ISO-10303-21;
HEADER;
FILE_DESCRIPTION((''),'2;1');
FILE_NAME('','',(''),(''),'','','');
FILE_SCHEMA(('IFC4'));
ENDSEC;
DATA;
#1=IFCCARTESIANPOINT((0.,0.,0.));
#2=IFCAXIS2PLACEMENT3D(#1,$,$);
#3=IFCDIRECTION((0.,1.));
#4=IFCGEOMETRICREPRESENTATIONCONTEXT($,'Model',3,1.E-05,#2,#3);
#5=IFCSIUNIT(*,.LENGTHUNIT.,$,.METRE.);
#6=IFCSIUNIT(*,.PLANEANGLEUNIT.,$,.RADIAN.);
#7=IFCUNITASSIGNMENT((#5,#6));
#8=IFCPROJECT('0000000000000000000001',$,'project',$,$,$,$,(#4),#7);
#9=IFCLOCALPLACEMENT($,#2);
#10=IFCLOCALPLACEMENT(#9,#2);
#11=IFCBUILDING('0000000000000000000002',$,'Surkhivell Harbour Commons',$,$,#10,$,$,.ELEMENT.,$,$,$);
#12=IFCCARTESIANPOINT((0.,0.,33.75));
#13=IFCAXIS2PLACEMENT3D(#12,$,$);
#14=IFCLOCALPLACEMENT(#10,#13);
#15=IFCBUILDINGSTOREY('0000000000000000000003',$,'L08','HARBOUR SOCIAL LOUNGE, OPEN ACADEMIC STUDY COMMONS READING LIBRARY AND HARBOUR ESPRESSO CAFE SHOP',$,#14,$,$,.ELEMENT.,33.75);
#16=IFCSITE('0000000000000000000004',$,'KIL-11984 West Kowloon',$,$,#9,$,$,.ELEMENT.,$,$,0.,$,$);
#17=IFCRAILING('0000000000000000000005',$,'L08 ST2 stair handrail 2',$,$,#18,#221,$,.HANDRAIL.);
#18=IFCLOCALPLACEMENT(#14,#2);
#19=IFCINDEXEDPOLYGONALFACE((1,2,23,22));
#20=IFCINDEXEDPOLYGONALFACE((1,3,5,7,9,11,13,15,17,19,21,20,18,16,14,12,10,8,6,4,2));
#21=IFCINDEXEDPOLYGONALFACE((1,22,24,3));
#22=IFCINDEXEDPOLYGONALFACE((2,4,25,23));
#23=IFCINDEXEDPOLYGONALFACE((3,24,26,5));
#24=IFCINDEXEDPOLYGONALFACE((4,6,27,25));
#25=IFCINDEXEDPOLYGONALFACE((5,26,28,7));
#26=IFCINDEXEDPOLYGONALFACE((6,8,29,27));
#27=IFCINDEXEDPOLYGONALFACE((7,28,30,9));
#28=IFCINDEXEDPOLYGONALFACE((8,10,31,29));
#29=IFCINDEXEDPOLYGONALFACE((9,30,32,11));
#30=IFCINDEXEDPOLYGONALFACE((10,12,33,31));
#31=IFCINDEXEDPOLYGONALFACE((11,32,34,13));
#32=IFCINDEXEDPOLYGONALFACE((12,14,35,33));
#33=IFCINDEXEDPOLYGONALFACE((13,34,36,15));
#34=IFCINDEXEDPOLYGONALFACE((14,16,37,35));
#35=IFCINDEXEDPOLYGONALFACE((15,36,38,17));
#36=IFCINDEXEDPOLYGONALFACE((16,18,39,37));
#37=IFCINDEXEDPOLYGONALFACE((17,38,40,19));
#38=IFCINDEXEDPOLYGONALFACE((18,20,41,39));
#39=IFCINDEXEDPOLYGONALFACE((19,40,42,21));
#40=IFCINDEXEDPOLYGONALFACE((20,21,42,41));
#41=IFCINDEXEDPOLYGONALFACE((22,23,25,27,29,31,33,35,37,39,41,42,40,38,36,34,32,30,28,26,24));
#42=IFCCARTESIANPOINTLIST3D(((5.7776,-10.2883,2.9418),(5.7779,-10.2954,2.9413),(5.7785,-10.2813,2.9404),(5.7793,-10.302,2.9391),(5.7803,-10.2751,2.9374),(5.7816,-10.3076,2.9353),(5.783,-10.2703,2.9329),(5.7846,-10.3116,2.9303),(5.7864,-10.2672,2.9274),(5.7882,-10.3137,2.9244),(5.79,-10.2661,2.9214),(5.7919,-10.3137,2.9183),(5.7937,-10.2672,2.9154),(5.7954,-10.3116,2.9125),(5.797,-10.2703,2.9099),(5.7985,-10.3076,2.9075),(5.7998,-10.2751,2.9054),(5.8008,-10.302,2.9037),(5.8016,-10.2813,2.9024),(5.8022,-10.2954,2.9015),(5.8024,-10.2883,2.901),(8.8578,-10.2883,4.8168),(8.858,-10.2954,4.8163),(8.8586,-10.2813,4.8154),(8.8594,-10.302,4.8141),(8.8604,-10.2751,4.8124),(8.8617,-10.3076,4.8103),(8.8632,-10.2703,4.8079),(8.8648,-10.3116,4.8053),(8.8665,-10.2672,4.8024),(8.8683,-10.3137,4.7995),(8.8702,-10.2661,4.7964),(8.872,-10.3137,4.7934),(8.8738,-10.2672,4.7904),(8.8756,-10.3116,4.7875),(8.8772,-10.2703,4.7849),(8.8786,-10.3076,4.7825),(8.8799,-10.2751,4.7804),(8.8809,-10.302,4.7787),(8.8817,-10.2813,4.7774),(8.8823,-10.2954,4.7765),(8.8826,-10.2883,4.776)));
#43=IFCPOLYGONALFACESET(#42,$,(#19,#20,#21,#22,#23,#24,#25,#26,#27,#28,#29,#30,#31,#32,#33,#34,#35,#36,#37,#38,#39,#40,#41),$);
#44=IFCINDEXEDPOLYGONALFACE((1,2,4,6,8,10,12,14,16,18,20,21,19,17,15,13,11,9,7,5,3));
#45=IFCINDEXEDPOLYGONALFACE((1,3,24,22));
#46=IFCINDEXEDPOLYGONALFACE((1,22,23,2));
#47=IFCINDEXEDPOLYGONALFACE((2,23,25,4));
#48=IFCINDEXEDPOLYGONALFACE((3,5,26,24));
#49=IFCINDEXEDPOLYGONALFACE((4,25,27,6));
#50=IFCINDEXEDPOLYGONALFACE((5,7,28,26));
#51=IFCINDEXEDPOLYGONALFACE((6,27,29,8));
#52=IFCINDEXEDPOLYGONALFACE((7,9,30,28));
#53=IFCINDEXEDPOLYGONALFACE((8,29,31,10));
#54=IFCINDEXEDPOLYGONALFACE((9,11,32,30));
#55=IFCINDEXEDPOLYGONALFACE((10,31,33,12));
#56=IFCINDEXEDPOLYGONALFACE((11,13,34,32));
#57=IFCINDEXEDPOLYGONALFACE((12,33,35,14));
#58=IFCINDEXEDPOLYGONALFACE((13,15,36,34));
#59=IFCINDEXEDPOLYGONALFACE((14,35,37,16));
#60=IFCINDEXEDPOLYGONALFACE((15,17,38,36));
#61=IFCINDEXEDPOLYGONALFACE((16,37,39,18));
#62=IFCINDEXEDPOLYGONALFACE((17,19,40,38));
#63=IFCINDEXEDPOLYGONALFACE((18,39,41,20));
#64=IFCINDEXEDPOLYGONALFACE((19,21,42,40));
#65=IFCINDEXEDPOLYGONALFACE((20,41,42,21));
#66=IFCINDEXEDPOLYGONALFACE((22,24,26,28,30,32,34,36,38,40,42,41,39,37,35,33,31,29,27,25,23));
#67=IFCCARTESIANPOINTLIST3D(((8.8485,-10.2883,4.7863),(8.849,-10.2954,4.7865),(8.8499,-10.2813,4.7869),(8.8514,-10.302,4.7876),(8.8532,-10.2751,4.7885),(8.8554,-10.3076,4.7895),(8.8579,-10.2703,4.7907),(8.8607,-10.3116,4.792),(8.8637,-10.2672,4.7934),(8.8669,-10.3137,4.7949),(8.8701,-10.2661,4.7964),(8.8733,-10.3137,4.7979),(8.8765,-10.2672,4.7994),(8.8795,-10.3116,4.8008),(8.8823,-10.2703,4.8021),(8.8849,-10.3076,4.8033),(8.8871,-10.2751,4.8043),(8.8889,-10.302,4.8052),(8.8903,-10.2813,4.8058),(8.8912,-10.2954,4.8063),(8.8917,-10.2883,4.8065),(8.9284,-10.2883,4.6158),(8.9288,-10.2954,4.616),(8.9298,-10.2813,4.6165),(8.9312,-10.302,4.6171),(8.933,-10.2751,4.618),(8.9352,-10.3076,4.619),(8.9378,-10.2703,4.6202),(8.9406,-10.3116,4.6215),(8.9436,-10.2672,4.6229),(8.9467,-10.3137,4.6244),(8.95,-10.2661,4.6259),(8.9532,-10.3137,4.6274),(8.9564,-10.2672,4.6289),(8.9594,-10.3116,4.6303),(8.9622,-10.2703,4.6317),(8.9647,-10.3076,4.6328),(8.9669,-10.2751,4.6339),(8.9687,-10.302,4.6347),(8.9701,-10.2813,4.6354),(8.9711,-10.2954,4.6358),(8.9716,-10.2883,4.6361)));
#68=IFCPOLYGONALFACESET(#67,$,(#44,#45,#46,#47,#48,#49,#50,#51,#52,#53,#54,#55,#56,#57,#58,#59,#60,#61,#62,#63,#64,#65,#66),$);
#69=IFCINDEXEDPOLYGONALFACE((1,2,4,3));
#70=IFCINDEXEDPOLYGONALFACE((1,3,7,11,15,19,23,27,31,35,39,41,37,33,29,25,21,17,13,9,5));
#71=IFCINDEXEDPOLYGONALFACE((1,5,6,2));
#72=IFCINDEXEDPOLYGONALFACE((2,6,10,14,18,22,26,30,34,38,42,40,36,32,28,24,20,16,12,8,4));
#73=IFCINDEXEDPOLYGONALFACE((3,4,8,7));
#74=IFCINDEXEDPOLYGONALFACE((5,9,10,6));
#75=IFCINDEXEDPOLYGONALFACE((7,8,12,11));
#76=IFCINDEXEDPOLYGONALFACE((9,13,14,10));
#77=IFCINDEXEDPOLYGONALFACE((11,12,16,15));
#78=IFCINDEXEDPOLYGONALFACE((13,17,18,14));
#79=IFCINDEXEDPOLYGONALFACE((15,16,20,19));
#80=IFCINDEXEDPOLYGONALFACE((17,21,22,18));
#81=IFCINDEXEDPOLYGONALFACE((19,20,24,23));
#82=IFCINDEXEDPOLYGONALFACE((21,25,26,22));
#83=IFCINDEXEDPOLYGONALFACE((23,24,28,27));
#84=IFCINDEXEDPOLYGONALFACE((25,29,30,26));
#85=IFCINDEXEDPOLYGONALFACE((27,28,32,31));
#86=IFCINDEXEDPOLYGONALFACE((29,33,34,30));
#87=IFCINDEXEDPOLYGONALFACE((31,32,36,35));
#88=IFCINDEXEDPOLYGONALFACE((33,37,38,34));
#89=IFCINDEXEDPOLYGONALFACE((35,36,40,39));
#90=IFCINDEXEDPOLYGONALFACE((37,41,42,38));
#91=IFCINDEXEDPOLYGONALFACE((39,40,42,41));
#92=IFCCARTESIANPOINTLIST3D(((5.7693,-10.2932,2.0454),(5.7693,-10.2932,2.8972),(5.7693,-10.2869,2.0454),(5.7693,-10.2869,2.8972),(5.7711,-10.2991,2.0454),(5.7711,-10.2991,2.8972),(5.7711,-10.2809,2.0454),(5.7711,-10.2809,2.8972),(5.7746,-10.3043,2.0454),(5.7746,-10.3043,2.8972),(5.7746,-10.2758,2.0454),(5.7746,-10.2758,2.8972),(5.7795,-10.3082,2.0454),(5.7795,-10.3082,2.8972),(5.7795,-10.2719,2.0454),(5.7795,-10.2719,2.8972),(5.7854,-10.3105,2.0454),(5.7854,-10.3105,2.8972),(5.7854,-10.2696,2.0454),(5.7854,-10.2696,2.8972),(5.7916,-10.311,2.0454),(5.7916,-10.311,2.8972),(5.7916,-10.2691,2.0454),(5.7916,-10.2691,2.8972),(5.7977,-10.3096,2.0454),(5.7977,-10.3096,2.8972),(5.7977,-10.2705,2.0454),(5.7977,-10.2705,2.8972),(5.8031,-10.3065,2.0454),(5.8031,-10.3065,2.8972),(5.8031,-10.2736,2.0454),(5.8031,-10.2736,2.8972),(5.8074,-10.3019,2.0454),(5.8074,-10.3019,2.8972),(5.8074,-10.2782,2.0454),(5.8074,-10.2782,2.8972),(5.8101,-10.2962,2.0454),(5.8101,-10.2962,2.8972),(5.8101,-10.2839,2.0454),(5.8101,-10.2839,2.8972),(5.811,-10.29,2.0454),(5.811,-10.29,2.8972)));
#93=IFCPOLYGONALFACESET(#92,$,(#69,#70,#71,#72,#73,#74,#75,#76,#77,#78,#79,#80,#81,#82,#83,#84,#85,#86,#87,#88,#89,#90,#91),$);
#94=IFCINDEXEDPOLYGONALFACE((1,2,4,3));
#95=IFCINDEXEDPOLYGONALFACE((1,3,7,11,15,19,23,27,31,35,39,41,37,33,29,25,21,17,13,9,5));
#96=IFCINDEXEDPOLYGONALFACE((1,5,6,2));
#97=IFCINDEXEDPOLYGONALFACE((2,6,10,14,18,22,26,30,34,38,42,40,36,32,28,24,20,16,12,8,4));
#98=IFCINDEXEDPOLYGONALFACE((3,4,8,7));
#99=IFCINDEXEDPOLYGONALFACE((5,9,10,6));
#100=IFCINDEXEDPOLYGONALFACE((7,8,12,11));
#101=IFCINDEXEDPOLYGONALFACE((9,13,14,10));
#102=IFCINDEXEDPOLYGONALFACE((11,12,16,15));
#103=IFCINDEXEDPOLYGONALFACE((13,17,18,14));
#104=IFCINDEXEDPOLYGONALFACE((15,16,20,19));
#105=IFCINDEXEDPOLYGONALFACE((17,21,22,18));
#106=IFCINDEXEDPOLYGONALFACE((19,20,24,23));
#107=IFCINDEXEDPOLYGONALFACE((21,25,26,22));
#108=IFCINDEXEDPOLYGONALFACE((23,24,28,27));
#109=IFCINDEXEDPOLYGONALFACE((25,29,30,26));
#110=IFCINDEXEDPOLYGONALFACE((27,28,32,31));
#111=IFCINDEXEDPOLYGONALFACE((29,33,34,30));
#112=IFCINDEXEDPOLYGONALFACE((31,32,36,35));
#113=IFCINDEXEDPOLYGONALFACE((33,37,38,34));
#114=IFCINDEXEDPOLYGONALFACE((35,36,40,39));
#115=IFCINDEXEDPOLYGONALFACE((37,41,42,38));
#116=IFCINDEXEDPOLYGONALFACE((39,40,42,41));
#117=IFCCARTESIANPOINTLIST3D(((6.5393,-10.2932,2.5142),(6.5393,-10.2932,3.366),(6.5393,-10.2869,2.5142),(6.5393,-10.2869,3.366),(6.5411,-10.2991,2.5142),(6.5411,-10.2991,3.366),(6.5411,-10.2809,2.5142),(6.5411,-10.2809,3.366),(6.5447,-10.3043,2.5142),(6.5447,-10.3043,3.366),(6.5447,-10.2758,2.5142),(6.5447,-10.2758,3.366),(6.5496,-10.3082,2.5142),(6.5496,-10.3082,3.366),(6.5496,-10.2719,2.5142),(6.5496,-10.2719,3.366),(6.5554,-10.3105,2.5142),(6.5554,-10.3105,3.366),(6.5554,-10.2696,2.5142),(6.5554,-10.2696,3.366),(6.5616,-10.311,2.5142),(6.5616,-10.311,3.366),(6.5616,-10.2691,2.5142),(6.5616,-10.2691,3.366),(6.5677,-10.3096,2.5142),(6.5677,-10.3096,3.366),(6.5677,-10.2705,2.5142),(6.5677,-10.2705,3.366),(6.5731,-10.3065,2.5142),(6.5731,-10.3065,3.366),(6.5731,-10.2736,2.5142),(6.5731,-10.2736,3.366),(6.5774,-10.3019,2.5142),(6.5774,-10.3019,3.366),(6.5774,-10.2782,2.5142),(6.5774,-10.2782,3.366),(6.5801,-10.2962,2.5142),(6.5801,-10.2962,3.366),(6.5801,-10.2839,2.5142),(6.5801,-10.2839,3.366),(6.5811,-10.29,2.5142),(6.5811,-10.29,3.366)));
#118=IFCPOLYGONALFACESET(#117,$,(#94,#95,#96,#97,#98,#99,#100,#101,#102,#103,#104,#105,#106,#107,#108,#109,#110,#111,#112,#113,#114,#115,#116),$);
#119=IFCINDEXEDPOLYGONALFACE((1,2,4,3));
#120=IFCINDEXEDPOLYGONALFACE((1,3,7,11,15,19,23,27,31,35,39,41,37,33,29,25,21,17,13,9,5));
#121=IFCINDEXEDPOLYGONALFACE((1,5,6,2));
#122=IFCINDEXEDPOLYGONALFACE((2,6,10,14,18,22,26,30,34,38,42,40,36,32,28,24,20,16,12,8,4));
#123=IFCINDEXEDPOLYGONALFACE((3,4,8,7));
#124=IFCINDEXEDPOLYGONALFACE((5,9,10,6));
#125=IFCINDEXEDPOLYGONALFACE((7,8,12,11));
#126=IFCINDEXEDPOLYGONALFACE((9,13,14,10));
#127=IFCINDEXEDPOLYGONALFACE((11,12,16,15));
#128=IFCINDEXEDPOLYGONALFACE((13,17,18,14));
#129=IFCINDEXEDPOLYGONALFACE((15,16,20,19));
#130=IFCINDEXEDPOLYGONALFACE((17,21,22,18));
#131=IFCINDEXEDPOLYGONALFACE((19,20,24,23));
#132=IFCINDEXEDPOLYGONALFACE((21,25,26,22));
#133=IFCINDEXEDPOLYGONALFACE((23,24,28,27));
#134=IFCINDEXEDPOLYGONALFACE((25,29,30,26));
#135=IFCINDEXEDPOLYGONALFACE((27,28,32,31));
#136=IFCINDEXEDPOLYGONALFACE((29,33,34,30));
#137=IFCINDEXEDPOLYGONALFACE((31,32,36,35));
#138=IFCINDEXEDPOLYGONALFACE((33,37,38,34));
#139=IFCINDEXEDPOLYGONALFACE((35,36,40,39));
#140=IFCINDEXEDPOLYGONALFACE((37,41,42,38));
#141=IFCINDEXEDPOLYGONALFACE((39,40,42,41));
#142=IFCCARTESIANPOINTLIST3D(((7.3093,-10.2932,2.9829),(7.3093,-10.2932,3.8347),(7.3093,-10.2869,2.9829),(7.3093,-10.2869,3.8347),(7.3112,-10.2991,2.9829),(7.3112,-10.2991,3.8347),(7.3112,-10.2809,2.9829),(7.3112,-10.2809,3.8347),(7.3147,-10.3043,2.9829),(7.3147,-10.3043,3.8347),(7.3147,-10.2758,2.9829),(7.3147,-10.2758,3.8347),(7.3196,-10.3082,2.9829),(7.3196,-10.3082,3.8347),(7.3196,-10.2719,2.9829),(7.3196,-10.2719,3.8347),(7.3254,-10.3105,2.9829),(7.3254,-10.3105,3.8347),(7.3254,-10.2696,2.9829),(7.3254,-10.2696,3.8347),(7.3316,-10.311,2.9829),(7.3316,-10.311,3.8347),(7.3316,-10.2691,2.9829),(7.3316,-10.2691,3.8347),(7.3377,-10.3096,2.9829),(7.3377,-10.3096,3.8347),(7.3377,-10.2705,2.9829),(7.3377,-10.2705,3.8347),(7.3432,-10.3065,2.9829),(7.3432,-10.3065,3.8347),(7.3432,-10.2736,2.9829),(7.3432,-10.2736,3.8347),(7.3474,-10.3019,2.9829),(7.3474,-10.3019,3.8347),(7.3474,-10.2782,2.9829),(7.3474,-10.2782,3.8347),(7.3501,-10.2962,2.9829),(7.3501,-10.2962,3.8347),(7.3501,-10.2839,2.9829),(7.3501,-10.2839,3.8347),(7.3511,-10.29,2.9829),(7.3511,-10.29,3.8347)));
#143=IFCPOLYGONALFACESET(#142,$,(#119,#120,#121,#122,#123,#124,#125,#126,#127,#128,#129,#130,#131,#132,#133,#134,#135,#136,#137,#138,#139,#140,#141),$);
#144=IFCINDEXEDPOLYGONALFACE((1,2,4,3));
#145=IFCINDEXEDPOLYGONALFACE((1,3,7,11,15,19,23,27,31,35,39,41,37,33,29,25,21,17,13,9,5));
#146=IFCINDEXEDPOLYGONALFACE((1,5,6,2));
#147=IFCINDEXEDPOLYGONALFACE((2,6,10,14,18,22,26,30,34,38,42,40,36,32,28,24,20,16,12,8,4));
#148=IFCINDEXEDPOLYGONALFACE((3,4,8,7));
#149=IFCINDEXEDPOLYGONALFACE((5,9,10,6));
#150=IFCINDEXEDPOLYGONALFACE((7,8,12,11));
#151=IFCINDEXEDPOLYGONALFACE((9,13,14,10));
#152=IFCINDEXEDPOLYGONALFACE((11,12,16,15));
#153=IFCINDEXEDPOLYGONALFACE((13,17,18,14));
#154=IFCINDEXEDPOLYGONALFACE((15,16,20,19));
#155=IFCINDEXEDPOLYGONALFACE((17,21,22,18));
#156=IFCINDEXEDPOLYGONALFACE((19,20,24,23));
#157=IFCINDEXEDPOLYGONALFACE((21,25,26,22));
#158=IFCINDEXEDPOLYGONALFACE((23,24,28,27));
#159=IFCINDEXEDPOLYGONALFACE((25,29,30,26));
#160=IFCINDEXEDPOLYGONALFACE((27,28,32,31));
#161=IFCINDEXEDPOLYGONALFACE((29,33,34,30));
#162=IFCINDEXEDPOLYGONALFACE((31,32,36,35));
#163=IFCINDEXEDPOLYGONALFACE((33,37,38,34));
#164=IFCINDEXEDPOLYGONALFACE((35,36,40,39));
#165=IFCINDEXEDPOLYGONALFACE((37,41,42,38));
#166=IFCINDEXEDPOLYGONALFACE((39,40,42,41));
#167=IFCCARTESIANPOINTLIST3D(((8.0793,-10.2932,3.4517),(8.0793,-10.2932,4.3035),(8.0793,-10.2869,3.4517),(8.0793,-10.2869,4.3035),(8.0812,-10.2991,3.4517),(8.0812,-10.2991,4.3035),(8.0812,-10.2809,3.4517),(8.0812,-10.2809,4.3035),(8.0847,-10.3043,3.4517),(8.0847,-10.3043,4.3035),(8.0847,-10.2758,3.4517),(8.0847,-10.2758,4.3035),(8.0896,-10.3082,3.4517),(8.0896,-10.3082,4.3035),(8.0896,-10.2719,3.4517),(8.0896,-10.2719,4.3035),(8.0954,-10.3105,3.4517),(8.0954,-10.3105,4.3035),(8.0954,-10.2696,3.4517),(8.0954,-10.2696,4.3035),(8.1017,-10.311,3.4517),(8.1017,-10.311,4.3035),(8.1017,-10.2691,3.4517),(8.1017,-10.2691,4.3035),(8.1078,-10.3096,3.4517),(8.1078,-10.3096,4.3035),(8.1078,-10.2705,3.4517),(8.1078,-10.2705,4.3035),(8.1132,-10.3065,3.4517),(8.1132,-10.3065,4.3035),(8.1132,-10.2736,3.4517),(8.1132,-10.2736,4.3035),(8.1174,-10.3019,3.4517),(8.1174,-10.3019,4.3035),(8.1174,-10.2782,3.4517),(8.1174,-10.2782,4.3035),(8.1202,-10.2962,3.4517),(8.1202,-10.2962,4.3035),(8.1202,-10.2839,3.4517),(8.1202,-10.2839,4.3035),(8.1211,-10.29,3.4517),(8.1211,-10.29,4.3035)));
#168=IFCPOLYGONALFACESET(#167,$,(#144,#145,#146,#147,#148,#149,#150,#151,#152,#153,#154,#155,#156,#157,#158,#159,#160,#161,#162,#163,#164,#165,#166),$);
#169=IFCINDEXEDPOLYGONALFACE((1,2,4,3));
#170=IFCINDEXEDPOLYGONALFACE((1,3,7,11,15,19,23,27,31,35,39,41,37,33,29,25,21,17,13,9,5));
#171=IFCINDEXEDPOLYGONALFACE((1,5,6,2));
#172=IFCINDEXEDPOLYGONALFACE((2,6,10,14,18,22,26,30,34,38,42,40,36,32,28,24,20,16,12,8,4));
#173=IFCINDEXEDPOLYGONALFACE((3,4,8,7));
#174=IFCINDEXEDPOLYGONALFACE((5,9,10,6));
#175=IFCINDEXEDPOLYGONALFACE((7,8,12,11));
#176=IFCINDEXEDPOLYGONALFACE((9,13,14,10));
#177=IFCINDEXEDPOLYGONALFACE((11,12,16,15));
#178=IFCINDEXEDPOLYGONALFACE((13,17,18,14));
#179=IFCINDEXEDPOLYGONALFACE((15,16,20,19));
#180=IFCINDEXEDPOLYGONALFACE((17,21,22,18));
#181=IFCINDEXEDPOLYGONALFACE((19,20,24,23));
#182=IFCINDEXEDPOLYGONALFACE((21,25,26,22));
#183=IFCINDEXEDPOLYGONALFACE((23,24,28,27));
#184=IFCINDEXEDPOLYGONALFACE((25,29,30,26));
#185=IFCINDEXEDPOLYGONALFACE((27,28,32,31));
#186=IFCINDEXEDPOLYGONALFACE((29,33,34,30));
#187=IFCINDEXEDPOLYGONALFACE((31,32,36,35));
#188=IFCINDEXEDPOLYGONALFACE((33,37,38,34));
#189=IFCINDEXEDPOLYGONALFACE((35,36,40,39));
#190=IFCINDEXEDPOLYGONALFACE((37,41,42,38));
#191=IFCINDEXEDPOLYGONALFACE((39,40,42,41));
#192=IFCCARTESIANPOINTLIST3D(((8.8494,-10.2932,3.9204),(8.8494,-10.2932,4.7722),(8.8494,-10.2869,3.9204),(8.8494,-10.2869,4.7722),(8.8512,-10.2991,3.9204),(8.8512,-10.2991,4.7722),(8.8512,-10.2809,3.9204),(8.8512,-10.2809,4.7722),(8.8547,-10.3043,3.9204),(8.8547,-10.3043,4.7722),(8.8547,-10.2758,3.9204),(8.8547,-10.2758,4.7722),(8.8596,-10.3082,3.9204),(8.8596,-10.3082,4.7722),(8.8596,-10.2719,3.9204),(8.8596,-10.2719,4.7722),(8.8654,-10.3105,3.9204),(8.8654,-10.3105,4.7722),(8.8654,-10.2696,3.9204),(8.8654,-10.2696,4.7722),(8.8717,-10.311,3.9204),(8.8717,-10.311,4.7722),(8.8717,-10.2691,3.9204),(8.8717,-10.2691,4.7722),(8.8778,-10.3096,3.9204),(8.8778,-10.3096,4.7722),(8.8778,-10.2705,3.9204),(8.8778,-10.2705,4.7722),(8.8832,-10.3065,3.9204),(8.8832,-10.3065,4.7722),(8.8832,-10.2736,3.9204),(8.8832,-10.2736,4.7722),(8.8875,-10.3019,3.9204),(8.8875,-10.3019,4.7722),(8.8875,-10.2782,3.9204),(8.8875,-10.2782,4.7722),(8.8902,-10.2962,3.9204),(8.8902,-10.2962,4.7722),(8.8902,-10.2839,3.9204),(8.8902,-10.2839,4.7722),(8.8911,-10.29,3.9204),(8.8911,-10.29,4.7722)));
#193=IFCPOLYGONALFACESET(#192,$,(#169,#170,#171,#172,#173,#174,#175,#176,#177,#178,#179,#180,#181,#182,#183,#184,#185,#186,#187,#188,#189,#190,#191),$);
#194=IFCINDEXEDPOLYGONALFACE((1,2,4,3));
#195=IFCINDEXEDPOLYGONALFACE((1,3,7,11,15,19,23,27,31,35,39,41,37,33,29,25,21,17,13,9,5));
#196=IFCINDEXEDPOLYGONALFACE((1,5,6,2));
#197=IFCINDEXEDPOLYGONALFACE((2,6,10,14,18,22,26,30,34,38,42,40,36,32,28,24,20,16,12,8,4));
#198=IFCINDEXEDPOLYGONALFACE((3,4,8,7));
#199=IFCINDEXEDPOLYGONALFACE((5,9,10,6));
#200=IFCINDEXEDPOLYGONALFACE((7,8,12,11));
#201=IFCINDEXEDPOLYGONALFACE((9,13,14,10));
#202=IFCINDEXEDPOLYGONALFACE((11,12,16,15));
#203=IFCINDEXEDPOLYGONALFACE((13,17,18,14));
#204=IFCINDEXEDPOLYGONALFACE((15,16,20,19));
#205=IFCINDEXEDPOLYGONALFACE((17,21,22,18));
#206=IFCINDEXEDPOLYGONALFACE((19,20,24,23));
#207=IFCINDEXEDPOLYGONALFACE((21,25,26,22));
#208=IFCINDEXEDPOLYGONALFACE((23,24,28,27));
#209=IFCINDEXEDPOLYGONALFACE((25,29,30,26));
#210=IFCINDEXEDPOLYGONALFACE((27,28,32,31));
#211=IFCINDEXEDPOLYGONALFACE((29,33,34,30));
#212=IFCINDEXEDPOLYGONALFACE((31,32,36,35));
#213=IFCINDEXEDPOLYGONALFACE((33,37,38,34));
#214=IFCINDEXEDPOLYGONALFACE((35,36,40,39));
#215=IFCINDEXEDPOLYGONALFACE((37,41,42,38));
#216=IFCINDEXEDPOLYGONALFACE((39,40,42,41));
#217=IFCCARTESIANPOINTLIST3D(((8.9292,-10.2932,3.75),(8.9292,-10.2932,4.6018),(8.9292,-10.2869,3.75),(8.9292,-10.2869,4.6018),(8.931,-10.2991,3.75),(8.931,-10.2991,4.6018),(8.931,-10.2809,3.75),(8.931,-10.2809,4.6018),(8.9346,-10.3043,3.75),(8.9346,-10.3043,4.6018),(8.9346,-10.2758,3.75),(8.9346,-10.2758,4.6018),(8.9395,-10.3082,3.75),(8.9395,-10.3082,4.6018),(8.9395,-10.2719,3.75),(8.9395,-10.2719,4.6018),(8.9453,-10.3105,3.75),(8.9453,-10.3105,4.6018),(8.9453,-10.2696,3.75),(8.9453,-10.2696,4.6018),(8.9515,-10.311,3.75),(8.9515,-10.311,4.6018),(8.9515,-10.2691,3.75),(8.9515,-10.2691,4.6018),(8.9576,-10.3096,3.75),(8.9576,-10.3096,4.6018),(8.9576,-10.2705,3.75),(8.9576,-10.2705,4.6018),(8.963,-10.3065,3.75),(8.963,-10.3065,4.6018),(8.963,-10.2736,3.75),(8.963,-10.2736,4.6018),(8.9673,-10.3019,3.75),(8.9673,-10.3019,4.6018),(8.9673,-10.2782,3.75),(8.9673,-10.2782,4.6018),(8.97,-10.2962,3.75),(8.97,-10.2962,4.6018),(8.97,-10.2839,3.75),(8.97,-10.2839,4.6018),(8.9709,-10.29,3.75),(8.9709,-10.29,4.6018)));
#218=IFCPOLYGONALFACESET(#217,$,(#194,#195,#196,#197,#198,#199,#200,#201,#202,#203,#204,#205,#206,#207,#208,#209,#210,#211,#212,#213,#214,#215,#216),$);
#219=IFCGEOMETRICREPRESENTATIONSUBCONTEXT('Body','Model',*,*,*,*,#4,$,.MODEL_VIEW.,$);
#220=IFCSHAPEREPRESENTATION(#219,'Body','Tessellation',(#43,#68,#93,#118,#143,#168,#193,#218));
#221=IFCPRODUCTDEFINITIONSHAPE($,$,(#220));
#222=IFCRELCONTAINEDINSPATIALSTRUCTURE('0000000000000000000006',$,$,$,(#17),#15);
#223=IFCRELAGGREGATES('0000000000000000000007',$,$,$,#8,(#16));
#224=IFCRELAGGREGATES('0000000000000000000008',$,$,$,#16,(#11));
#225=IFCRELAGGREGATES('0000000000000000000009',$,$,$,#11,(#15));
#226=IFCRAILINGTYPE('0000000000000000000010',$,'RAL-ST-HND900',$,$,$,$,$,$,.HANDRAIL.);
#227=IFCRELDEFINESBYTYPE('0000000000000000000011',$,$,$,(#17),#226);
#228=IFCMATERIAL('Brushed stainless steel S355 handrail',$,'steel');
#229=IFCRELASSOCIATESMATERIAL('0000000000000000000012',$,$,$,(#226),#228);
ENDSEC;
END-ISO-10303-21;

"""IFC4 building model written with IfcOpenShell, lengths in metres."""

from ifc_helpers import new_model, si_unit, direction, frame, origin, origin_2d, place, context, subcontext, project, spatial, circle, extrude, material, type_object, element, save


model = new_model("IFC4")

# Units and contexts
model_context = context("Model", 3, precision=1e-05, world=origin(), true_north=direction((0.0, 1.0)))
body_context = subcontext(model_context, "Body", "Model", "MODEL_VIEW")
ifc_project = project(units=[si_unit("LENGTHUNIT", "METRE"), si_unit("PLANEANGLEUNIT", "RADIAN")], contexts=[model_context])

# Site, building, storey
site_placement = place(None, origin())
site = spatial("IfcSite", under=ifc_project, at=site_placement, Name="KIL-11984 West Kowloon", CompositionType="ELEMENT", RefElevation=0.0)
building_placement = place(site_placement, origin())
building = spatial("IfcBuilding", under=site, at=building_placement, Name="Surkhivell Harbour Commons", CompositionType="ELEMENT")
storey_placement = place(building_placement, frame((0.0, 0.0, 33.75)))
storey = spatial("IfcBuildingStorey", under=building, at=storey_placement, Name="L08", Description="HARBOUR SOCIAL LOUNGE, OPEN ACADEMIC STUDY COMMONS READING LIBRARY AND HARBOUR ESPRESSO CAFE SHOP", CompositionType="ELEMENT", Elevation=33.75)

# Railing
ifc_material_1 = material(Name="Brushed stainless steel S355 handrail", Category="steel")
railing_type_1 = type_object("IfcRailingType", Name="RAL-ST-HND900", PredefinedType="HANDRAIL", material=ifc_material_1)
railing_1_placement = place(storey_placement, frame((5.79, -10.29, 2.0454)))
element("IfcRailing", 1, at=railing_1_placement, inside=storey, type_object=railing_type_1, Name="L08 ST2 stair handrail 2", PredefinedType="HANDRAIL", context=body_context, shape_type="SweptSolid", body=[
    extrude(circle(Radius=0.0239, at=origin_2d()), frame((0.0, 0.0, 0.876), z_axis=(0.854178, 0.0, 0.519981), x_axis=(0.0, 1.0, 0.0)), (0.0, 0.0, 1.0), 3.606),
    extrude(circle(Radius=0.0239, at=origin_2d()), frame((3.0801, 0.0, 2.751), z_axis=(0.424234, 0.0, -0.905552), x_axis=(0.0, 1.0, 0.0)), (0.0, 0.0, 1.0), 0.1882),
    extrude(circle(Radius=0.021, at=origin_2d()), origin(), (0.0, 0.0, 1.0), 0.8518),
    extrude(circle(Radius=0.021, at=origin_2d()), frame((0.77, 0.0, 0.4688)), (0.0, 0.0, 1.0), 0.8518),
    extrude(circle(Radius=0.021, at=origin_2d()), frame((1.54, 0.0, 0.9375)), (0.0, 0.0, 1.0), 0.8518),
    extrude(circle(Radius=0.021, at=origin_2d()), frame((2.3101, 0.0, 1.4062)), (0.0, 0.0, 1.0), 0.8518),
    extrude(circle(Radius=0.021, at=origin_2d()), frame((3.0801, 0.0, 1.875)), (0.0, 0.0, 1.0), 0.8518),
    extrude(circle(Radius=0.021, at=origin_2d()), frame((3.1599, 0.0, 1.7046)), (0.0, 0.0, 1.0), 0.8518),
])

save(model, "model.ifc")
